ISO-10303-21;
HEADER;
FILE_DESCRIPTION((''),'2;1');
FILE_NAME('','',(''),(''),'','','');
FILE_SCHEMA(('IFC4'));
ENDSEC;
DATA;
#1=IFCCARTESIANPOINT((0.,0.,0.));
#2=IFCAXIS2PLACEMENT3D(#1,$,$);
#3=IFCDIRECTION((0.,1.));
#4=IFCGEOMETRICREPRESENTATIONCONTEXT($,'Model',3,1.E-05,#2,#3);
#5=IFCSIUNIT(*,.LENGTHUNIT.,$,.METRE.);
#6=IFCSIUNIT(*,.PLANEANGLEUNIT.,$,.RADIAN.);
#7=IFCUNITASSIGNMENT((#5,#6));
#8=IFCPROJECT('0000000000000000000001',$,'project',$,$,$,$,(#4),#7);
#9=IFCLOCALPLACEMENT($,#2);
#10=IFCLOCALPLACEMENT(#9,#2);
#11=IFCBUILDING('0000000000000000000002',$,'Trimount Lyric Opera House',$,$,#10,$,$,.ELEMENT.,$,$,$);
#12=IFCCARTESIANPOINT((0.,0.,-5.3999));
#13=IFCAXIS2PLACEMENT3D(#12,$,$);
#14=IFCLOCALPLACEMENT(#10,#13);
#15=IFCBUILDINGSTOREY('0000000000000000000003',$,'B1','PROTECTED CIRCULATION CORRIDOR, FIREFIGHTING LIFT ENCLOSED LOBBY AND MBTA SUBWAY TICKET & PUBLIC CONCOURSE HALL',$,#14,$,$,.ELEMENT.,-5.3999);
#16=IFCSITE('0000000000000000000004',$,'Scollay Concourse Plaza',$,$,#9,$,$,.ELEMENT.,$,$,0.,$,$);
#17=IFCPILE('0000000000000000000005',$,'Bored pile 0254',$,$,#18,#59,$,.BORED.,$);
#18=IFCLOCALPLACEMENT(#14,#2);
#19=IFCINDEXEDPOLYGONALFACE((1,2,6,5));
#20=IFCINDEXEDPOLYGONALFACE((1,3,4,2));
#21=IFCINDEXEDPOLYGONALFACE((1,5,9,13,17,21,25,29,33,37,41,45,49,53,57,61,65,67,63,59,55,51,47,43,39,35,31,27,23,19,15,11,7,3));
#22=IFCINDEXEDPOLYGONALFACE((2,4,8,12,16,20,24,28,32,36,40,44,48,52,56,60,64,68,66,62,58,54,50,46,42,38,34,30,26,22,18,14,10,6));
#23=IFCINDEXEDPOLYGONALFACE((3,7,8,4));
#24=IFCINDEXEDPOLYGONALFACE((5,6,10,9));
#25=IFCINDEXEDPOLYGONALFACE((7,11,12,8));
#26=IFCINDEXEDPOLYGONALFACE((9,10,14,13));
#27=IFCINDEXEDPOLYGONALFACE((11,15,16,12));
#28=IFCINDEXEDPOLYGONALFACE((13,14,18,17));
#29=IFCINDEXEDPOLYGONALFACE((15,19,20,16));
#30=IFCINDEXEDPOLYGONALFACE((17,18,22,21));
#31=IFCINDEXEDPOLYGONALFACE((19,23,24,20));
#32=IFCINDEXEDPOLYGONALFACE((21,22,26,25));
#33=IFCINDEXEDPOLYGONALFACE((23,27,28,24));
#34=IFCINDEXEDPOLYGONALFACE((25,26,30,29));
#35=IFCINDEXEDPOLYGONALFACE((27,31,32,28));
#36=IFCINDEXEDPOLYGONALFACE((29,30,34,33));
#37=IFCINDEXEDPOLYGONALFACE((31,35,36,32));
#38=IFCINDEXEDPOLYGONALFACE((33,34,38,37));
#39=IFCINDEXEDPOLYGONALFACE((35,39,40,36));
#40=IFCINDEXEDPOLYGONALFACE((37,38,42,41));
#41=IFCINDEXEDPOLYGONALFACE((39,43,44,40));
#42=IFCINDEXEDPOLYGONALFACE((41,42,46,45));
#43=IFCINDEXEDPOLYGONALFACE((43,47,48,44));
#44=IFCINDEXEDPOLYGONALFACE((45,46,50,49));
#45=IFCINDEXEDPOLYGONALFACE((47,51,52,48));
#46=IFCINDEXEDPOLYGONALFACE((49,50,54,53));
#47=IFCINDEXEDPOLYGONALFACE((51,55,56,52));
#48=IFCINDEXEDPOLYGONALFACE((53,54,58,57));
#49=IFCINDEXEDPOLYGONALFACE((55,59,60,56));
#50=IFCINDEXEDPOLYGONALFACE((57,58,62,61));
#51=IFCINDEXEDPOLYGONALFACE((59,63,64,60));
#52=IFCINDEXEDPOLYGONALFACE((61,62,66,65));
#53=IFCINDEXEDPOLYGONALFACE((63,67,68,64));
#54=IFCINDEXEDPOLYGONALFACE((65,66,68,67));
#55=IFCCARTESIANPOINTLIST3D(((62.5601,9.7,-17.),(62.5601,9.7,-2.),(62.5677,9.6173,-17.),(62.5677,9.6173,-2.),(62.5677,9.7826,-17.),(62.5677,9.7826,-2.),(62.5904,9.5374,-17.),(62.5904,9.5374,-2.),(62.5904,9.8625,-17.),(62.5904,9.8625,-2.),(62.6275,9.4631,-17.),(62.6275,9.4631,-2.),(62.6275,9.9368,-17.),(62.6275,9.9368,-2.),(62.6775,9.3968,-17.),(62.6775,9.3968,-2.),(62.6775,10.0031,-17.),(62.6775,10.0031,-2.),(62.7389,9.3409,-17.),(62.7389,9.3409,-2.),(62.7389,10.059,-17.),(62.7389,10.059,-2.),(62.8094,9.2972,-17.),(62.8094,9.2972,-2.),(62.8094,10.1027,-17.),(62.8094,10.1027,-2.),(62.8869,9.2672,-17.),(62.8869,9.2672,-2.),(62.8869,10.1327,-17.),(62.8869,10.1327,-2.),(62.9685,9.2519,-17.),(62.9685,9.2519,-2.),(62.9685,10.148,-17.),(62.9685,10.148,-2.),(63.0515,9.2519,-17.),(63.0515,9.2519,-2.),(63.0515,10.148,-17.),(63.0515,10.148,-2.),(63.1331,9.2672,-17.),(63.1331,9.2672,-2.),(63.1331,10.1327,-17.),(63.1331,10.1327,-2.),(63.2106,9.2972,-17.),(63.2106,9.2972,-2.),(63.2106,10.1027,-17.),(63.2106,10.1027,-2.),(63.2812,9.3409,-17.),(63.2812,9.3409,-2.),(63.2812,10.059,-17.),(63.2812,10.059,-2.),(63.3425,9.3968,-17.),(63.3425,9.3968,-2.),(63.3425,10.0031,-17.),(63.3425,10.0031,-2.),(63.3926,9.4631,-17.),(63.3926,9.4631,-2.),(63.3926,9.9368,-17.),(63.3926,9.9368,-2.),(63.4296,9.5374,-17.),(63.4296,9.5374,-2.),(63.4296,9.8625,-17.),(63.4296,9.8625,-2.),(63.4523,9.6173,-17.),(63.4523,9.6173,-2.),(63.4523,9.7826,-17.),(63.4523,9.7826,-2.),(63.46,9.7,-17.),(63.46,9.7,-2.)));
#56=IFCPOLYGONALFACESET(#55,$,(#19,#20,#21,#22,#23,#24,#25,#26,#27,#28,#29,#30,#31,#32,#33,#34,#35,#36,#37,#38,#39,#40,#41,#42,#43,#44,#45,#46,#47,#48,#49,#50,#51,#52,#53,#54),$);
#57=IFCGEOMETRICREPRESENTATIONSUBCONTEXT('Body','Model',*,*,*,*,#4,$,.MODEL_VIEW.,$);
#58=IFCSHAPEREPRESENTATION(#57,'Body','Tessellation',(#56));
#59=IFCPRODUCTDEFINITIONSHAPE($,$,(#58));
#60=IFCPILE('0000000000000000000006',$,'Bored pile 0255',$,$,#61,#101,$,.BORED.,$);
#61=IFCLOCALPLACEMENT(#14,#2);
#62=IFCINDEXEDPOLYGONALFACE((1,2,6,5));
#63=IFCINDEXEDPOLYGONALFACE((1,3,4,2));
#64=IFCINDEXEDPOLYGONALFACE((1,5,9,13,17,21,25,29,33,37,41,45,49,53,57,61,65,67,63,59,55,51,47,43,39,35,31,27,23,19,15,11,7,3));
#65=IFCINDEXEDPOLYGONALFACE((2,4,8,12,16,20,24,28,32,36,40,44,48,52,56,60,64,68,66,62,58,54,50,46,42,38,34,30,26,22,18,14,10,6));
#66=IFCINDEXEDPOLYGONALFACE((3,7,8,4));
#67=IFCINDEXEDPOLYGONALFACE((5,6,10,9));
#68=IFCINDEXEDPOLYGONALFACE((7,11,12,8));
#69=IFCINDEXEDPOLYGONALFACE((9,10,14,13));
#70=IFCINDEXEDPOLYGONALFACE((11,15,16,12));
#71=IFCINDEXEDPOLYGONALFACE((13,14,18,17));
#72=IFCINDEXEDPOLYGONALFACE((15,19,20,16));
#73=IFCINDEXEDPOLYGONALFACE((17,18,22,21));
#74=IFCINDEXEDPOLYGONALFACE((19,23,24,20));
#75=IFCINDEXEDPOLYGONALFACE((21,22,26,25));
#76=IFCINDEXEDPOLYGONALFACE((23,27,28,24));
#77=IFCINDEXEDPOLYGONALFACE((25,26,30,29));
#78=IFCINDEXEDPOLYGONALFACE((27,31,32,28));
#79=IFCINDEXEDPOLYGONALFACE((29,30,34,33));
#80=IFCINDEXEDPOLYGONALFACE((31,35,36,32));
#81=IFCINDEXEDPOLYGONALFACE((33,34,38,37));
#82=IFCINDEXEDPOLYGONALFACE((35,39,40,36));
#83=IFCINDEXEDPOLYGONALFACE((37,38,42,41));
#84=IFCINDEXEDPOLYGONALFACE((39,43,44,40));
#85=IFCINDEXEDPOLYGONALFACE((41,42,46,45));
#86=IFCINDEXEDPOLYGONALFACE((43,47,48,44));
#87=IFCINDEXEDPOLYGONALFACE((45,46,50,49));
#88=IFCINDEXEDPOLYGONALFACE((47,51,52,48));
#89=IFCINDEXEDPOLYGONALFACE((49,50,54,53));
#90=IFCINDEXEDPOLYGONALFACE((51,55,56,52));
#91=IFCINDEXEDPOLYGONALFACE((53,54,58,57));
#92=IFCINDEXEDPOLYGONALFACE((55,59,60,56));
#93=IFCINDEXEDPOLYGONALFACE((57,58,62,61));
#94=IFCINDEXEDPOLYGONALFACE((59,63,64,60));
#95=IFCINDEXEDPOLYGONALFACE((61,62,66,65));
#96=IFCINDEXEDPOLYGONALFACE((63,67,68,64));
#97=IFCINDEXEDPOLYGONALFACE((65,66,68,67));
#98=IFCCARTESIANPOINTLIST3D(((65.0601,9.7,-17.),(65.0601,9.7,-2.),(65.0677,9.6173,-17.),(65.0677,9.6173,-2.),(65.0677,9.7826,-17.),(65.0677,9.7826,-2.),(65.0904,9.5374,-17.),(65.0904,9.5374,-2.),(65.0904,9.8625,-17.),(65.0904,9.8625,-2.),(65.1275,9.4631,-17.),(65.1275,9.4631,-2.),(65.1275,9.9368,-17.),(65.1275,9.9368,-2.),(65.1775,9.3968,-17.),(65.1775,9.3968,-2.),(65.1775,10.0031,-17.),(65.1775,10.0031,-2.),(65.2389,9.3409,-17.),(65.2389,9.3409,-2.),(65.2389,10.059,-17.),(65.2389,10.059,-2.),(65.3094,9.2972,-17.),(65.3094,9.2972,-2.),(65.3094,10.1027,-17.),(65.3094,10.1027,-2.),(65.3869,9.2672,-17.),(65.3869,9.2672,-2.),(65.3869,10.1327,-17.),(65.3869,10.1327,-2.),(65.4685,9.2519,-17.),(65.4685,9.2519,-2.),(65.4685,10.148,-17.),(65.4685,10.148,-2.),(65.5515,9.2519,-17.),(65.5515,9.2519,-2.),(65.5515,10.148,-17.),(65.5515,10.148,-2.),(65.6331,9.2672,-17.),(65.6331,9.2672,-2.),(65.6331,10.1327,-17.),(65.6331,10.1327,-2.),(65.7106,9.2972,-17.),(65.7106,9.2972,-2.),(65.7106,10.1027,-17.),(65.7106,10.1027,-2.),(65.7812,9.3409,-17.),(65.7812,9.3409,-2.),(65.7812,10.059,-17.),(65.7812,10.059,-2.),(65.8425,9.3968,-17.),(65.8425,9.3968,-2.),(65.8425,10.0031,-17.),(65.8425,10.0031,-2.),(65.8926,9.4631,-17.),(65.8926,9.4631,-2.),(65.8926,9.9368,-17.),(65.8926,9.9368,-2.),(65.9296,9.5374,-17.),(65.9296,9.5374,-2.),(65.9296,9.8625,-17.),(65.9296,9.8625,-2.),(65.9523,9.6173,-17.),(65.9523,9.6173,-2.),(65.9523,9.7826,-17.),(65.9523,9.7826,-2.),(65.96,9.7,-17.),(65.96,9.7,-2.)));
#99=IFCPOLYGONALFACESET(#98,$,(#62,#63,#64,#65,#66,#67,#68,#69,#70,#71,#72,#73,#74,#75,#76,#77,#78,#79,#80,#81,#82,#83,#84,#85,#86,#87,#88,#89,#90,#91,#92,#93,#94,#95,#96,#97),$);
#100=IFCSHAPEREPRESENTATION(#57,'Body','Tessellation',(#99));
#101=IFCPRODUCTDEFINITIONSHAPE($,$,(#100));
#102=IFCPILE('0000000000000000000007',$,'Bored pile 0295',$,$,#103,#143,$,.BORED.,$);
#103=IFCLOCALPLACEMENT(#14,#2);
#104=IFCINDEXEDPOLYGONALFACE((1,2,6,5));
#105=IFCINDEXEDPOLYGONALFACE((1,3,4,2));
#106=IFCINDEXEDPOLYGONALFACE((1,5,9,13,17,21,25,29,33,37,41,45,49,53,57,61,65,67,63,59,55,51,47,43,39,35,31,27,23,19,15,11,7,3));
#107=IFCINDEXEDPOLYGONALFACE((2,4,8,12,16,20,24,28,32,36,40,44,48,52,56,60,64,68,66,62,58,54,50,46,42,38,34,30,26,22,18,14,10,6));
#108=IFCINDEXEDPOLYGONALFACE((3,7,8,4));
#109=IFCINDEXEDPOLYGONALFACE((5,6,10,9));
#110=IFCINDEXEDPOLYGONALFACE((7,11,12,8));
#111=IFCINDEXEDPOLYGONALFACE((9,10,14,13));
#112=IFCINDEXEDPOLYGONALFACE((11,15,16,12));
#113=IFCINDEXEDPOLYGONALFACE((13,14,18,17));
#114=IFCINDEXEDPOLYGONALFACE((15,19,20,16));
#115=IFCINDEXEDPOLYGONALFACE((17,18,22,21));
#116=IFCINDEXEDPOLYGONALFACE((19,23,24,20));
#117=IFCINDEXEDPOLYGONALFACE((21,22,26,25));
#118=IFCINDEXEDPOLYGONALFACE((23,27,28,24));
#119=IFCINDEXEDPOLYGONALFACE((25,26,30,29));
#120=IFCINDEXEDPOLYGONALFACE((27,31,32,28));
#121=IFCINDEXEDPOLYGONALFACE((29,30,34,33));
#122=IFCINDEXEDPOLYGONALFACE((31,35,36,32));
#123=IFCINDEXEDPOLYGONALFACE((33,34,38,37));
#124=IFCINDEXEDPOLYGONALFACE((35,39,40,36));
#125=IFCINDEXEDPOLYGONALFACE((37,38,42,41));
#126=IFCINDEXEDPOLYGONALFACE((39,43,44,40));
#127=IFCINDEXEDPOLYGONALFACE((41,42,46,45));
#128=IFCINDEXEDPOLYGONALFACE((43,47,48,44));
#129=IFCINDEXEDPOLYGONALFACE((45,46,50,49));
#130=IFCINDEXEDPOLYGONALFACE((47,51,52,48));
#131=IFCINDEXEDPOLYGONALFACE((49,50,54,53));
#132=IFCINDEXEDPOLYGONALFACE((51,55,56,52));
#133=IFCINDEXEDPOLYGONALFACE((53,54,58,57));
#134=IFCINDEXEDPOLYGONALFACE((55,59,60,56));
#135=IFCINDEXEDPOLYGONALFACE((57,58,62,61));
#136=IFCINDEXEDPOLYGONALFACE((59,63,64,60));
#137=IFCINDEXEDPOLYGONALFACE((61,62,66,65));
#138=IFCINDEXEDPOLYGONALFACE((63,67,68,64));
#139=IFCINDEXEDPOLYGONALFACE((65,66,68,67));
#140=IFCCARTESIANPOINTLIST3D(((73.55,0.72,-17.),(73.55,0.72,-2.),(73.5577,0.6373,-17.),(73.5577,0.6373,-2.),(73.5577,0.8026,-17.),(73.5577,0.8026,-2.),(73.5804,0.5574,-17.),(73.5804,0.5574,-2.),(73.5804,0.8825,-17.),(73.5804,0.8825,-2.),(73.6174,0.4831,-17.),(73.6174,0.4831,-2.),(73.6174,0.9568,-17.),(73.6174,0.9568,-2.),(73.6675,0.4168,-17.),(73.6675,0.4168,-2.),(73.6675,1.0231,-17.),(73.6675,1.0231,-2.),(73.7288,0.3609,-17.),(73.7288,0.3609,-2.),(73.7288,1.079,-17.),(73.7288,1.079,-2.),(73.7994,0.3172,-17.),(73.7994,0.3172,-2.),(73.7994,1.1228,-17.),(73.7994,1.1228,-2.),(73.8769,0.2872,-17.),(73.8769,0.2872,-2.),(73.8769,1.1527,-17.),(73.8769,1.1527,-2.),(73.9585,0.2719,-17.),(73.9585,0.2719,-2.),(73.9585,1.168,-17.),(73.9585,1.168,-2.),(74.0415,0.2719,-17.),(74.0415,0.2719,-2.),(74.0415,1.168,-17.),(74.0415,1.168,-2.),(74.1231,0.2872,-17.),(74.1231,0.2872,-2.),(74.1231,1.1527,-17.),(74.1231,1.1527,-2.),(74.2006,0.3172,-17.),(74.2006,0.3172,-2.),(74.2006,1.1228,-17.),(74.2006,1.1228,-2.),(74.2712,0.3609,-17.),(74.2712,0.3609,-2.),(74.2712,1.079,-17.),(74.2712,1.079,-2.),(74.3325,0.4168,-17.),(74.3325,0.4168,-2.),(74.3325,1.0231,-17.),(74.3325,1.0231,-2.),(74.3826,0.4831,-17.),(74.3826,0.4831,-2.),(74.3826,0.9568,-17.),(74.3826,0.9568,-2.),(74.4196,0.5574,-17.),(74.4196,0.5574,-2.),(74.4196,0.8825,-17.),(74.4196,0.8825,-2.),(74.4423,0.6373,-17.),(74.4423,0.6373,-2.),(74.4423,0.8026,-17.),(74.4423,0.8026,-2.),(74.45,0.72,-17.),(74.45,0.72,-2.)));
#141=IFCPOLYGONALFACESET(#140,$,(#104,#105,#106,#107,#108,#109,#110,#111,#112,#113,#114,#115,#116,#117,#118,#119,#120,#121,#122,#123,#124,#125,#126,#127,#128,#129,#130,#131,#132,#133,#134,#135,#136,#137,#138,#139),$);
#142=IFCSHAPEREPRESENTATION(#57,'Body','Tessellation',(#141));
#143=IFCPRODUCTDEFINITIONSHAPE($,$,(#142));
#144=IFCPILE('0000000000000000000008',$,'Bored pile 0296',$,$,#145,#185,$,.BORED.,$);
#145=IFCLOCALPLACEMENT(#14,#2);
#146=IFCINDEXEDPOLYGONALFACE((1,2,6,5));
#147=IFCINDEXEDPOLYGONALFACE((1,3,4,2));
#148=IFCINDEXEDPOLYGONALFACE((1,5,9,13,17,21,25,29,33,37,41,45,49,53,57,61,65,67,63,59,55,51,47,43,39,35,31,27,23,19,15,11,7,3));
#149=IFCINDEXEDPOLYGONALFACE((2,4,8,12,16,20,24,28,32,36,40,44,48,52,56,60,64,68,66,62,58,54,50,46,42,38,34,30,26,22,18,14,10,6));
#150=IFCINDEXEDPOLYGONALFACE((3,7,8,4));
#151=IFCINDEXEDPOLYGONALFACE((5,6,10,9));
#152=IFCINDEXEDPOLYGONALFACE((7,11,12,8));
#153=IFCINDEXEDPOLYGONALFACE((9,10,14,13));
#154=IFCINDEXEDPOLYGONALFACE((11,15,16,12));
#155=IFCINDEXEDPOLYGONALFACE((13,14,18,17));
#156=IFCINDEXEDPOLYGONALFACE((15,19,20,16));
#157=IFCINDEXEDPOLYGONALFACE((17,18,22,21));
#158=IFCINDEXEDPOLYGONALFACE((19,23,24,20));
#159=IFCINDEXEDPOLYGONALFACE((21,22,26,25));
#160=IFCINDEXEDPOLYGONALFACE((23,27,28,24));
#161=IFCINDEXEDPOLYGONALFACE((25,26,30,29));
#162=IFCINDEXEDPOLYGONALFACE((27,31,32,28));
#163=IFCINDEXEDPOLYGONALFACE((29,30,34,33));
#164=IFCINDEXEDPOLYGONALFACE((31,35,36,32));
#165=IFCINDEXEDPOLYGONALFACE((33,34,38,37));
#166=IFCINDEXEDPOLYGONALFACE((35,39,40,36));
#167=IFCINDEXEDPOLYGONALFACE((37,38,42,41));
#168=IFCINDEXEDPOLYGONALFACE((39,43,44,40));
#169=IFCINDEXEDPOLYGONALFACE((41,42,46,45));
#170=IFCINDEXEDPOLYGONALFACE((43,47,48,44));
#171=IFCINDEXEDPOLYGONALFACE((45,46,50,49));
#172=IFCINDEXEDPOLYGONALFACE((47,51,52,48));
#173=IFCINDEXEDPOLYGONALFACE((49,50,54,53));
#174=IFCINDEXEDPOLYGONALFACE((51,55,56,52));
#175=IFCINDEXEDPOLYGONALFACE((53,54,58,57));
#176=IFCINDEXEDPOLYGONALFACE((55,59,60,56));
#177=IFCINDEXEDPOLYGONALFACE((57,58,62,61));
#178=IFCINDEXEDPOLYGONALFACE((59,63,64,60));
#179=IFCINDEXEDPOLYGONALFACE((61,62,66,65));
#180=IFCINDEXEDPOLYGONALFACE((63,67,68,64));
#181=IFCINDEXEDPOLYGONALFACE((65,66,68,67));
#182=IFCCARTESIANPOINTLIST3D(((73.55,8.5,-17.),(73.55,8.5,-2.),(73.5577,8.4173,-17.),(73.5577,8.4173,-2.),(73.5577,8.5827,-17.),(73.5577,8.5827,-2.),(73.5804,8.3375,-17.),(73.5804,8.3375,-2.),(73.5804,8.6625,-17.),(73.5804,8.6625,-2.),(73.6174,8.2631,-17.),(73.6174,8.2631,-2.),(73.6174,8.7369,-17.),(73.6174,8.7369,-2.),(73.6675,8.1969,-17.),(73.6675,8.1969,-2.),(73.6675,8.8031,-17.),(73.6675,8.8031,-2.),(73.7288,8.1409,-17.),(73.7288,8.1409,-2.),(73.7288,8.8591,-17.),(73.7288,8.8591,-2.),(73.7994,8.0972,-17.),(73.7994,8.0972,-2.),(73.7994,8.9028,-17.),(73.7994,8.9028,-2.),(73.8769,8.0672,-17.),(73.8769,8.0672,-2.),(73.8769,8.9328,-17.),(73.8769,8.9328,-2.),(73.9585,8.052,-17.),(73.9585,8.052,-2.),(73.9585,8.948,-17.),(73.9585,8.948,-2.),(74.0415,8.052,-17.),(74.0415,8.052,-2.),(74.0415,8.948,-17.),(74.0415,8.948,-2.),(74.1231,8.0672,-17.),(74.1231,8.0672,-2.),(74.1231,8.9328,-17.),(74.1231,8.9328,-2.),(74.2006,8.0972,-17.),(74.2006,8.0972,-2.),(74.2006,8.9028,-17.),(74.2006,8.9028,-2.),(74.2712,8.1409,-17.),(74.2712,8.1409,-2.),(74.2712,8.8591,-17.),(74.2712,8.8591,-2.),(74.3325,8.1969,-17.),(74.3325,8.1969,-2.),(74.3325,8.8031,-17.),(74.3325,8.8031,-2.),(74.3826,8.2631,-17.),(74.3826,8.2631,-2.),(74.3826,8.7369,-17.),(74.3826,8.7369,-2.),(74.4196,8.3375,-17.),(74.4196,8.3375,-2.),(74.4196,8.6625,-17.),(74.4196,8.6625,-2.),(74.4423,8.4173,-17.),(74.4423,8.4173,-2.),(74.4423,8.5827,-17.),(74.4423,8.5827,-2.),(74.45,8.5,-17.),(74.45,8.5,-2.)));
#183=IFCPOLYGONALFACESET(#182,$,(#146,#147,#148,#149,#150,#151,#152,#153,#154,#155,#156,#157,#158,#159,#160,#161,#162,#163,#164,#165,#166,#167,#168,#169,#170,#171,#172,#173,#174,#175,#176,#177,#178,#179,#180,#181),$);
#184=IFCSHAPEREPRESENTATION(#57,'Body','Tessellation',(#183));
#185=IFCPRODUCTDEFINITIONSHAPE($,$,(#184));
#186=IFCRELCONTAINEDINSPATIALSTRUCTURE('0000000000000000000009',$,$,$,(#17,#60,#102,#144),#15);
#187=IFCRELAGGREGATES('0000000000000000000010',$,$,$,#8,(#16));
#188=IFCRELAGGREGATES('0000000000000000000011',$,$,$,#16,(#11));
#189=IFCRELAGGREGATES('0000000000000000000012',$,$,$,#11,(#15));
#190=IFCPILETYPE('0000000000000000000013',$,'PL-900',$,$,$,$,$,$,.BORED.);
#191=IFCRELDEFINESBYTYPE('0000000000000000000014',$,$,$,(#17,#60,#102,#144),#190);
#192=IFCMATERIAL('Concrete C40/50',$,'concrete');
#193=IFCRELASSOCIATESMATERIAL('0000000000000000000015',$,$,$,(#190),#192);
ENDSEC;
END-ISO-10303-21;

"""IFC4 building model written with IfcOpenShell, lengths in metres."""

from ifc_helpers import new_model, si_unit, direction, frame, origin, origin_2d, place, context, subcontext, project, spatial, circle, extrude, material, material_profile, profile_set, type_object, element, save


model = new_model("IFC4")

# Units and contexts
model_context = context("Model", 3, precision=1e-05, world=origin(), true_north=direction((0.0, 1.0)))
body_context = subcontext(model_context, "Body", "Model", "MODEL_VIEW")
ifc_project = project(units=[si_unit("LENGTHUNIT", "METRE"), si_unit("PLANEANGLEUNIT", "RADIAN")], contexts=[model_context])

# Site, building, storey
site_placement = place(None, origin())
site = spatial("IfcSite", under=ifc_project, at=site_placement, Name="Scollay Concourse Plaza", CompositionType="ELEMENT", RefElevation=0.0)
building_placement = place(site_placement, origin())
building = spatial("IfcBuilding", under=site, at=building_placement, Name="Trimount Lyric Opera House", CompositionType="ELEMENT")
storey_placement = place(building_placement, frame((0.0, 0.0, -5.3999)))
storey = spatial("IfcBuildingStorey", under=building, at=storey_placement, Name="B1", Description="PROTECTED CIRCULATION CORRIDOR, FIREFIGHTING LIFT ENCLOSED LOBBY AND MBTA SUBWAY TICKET & PUBLIC CONCOURSE HALL", CompositionType="ELEMENT", Elevation=-5.3999)

# Piles
ifc_material_1 = material(Name="Concrete C40/50", Category="concrete")
ifc_material_profile_1 = material_profile(ifc_material_1, circle(Radius=0.45, at=origin_2d()), Name="PILE-D900")
ifc_profile_set_1 = profile_set([ifc_material_profile_1], Name="Concrete C40/50")
pile_type_1 = type_object("IfcPileType", Name="PL-900", PredefinedType="BORED", material=ifc_profile_set_1)
for number, where, z_axis, x_axis, name in (
    (1, (63.01, 9.7, -2.0), (0.0, 0.0, -1.0), (1.0, 0.0, 0.0), "Bored pile 0254"),
    (2, (65.51, 9.7, -2.0), (0.0, 0.0, -1.0), (1.0, 0.0, 0.0), "Bored pile 0255"),
    (3, (74.0, 0.72, -2.0), (0.0, 0.0, -1.0), (1.0, 0.0, 0.0), "Bored pile 0295"),
    (4, (74.0, 8.5, -2.0), (0.0, 0.0, -1.0), (1.0, 0.0, 0.0), "Bored pile 0296"),
):
    element("IfcPile", number, at=place(storey_placement, frame(where, z_axis=z_axis, x_axis=x_axis)), inside=storey, type_object=pile_type_1, Name=name, PredefinedType="BORED", context=body_context, shape_type="SweptSolid", body=[
        extrude(circle(Radius=0.45, at=origin_2d()), origin(), (0.0, 0.0, 1.0), 15.0),
    ])

save(model, "model.ifc")
